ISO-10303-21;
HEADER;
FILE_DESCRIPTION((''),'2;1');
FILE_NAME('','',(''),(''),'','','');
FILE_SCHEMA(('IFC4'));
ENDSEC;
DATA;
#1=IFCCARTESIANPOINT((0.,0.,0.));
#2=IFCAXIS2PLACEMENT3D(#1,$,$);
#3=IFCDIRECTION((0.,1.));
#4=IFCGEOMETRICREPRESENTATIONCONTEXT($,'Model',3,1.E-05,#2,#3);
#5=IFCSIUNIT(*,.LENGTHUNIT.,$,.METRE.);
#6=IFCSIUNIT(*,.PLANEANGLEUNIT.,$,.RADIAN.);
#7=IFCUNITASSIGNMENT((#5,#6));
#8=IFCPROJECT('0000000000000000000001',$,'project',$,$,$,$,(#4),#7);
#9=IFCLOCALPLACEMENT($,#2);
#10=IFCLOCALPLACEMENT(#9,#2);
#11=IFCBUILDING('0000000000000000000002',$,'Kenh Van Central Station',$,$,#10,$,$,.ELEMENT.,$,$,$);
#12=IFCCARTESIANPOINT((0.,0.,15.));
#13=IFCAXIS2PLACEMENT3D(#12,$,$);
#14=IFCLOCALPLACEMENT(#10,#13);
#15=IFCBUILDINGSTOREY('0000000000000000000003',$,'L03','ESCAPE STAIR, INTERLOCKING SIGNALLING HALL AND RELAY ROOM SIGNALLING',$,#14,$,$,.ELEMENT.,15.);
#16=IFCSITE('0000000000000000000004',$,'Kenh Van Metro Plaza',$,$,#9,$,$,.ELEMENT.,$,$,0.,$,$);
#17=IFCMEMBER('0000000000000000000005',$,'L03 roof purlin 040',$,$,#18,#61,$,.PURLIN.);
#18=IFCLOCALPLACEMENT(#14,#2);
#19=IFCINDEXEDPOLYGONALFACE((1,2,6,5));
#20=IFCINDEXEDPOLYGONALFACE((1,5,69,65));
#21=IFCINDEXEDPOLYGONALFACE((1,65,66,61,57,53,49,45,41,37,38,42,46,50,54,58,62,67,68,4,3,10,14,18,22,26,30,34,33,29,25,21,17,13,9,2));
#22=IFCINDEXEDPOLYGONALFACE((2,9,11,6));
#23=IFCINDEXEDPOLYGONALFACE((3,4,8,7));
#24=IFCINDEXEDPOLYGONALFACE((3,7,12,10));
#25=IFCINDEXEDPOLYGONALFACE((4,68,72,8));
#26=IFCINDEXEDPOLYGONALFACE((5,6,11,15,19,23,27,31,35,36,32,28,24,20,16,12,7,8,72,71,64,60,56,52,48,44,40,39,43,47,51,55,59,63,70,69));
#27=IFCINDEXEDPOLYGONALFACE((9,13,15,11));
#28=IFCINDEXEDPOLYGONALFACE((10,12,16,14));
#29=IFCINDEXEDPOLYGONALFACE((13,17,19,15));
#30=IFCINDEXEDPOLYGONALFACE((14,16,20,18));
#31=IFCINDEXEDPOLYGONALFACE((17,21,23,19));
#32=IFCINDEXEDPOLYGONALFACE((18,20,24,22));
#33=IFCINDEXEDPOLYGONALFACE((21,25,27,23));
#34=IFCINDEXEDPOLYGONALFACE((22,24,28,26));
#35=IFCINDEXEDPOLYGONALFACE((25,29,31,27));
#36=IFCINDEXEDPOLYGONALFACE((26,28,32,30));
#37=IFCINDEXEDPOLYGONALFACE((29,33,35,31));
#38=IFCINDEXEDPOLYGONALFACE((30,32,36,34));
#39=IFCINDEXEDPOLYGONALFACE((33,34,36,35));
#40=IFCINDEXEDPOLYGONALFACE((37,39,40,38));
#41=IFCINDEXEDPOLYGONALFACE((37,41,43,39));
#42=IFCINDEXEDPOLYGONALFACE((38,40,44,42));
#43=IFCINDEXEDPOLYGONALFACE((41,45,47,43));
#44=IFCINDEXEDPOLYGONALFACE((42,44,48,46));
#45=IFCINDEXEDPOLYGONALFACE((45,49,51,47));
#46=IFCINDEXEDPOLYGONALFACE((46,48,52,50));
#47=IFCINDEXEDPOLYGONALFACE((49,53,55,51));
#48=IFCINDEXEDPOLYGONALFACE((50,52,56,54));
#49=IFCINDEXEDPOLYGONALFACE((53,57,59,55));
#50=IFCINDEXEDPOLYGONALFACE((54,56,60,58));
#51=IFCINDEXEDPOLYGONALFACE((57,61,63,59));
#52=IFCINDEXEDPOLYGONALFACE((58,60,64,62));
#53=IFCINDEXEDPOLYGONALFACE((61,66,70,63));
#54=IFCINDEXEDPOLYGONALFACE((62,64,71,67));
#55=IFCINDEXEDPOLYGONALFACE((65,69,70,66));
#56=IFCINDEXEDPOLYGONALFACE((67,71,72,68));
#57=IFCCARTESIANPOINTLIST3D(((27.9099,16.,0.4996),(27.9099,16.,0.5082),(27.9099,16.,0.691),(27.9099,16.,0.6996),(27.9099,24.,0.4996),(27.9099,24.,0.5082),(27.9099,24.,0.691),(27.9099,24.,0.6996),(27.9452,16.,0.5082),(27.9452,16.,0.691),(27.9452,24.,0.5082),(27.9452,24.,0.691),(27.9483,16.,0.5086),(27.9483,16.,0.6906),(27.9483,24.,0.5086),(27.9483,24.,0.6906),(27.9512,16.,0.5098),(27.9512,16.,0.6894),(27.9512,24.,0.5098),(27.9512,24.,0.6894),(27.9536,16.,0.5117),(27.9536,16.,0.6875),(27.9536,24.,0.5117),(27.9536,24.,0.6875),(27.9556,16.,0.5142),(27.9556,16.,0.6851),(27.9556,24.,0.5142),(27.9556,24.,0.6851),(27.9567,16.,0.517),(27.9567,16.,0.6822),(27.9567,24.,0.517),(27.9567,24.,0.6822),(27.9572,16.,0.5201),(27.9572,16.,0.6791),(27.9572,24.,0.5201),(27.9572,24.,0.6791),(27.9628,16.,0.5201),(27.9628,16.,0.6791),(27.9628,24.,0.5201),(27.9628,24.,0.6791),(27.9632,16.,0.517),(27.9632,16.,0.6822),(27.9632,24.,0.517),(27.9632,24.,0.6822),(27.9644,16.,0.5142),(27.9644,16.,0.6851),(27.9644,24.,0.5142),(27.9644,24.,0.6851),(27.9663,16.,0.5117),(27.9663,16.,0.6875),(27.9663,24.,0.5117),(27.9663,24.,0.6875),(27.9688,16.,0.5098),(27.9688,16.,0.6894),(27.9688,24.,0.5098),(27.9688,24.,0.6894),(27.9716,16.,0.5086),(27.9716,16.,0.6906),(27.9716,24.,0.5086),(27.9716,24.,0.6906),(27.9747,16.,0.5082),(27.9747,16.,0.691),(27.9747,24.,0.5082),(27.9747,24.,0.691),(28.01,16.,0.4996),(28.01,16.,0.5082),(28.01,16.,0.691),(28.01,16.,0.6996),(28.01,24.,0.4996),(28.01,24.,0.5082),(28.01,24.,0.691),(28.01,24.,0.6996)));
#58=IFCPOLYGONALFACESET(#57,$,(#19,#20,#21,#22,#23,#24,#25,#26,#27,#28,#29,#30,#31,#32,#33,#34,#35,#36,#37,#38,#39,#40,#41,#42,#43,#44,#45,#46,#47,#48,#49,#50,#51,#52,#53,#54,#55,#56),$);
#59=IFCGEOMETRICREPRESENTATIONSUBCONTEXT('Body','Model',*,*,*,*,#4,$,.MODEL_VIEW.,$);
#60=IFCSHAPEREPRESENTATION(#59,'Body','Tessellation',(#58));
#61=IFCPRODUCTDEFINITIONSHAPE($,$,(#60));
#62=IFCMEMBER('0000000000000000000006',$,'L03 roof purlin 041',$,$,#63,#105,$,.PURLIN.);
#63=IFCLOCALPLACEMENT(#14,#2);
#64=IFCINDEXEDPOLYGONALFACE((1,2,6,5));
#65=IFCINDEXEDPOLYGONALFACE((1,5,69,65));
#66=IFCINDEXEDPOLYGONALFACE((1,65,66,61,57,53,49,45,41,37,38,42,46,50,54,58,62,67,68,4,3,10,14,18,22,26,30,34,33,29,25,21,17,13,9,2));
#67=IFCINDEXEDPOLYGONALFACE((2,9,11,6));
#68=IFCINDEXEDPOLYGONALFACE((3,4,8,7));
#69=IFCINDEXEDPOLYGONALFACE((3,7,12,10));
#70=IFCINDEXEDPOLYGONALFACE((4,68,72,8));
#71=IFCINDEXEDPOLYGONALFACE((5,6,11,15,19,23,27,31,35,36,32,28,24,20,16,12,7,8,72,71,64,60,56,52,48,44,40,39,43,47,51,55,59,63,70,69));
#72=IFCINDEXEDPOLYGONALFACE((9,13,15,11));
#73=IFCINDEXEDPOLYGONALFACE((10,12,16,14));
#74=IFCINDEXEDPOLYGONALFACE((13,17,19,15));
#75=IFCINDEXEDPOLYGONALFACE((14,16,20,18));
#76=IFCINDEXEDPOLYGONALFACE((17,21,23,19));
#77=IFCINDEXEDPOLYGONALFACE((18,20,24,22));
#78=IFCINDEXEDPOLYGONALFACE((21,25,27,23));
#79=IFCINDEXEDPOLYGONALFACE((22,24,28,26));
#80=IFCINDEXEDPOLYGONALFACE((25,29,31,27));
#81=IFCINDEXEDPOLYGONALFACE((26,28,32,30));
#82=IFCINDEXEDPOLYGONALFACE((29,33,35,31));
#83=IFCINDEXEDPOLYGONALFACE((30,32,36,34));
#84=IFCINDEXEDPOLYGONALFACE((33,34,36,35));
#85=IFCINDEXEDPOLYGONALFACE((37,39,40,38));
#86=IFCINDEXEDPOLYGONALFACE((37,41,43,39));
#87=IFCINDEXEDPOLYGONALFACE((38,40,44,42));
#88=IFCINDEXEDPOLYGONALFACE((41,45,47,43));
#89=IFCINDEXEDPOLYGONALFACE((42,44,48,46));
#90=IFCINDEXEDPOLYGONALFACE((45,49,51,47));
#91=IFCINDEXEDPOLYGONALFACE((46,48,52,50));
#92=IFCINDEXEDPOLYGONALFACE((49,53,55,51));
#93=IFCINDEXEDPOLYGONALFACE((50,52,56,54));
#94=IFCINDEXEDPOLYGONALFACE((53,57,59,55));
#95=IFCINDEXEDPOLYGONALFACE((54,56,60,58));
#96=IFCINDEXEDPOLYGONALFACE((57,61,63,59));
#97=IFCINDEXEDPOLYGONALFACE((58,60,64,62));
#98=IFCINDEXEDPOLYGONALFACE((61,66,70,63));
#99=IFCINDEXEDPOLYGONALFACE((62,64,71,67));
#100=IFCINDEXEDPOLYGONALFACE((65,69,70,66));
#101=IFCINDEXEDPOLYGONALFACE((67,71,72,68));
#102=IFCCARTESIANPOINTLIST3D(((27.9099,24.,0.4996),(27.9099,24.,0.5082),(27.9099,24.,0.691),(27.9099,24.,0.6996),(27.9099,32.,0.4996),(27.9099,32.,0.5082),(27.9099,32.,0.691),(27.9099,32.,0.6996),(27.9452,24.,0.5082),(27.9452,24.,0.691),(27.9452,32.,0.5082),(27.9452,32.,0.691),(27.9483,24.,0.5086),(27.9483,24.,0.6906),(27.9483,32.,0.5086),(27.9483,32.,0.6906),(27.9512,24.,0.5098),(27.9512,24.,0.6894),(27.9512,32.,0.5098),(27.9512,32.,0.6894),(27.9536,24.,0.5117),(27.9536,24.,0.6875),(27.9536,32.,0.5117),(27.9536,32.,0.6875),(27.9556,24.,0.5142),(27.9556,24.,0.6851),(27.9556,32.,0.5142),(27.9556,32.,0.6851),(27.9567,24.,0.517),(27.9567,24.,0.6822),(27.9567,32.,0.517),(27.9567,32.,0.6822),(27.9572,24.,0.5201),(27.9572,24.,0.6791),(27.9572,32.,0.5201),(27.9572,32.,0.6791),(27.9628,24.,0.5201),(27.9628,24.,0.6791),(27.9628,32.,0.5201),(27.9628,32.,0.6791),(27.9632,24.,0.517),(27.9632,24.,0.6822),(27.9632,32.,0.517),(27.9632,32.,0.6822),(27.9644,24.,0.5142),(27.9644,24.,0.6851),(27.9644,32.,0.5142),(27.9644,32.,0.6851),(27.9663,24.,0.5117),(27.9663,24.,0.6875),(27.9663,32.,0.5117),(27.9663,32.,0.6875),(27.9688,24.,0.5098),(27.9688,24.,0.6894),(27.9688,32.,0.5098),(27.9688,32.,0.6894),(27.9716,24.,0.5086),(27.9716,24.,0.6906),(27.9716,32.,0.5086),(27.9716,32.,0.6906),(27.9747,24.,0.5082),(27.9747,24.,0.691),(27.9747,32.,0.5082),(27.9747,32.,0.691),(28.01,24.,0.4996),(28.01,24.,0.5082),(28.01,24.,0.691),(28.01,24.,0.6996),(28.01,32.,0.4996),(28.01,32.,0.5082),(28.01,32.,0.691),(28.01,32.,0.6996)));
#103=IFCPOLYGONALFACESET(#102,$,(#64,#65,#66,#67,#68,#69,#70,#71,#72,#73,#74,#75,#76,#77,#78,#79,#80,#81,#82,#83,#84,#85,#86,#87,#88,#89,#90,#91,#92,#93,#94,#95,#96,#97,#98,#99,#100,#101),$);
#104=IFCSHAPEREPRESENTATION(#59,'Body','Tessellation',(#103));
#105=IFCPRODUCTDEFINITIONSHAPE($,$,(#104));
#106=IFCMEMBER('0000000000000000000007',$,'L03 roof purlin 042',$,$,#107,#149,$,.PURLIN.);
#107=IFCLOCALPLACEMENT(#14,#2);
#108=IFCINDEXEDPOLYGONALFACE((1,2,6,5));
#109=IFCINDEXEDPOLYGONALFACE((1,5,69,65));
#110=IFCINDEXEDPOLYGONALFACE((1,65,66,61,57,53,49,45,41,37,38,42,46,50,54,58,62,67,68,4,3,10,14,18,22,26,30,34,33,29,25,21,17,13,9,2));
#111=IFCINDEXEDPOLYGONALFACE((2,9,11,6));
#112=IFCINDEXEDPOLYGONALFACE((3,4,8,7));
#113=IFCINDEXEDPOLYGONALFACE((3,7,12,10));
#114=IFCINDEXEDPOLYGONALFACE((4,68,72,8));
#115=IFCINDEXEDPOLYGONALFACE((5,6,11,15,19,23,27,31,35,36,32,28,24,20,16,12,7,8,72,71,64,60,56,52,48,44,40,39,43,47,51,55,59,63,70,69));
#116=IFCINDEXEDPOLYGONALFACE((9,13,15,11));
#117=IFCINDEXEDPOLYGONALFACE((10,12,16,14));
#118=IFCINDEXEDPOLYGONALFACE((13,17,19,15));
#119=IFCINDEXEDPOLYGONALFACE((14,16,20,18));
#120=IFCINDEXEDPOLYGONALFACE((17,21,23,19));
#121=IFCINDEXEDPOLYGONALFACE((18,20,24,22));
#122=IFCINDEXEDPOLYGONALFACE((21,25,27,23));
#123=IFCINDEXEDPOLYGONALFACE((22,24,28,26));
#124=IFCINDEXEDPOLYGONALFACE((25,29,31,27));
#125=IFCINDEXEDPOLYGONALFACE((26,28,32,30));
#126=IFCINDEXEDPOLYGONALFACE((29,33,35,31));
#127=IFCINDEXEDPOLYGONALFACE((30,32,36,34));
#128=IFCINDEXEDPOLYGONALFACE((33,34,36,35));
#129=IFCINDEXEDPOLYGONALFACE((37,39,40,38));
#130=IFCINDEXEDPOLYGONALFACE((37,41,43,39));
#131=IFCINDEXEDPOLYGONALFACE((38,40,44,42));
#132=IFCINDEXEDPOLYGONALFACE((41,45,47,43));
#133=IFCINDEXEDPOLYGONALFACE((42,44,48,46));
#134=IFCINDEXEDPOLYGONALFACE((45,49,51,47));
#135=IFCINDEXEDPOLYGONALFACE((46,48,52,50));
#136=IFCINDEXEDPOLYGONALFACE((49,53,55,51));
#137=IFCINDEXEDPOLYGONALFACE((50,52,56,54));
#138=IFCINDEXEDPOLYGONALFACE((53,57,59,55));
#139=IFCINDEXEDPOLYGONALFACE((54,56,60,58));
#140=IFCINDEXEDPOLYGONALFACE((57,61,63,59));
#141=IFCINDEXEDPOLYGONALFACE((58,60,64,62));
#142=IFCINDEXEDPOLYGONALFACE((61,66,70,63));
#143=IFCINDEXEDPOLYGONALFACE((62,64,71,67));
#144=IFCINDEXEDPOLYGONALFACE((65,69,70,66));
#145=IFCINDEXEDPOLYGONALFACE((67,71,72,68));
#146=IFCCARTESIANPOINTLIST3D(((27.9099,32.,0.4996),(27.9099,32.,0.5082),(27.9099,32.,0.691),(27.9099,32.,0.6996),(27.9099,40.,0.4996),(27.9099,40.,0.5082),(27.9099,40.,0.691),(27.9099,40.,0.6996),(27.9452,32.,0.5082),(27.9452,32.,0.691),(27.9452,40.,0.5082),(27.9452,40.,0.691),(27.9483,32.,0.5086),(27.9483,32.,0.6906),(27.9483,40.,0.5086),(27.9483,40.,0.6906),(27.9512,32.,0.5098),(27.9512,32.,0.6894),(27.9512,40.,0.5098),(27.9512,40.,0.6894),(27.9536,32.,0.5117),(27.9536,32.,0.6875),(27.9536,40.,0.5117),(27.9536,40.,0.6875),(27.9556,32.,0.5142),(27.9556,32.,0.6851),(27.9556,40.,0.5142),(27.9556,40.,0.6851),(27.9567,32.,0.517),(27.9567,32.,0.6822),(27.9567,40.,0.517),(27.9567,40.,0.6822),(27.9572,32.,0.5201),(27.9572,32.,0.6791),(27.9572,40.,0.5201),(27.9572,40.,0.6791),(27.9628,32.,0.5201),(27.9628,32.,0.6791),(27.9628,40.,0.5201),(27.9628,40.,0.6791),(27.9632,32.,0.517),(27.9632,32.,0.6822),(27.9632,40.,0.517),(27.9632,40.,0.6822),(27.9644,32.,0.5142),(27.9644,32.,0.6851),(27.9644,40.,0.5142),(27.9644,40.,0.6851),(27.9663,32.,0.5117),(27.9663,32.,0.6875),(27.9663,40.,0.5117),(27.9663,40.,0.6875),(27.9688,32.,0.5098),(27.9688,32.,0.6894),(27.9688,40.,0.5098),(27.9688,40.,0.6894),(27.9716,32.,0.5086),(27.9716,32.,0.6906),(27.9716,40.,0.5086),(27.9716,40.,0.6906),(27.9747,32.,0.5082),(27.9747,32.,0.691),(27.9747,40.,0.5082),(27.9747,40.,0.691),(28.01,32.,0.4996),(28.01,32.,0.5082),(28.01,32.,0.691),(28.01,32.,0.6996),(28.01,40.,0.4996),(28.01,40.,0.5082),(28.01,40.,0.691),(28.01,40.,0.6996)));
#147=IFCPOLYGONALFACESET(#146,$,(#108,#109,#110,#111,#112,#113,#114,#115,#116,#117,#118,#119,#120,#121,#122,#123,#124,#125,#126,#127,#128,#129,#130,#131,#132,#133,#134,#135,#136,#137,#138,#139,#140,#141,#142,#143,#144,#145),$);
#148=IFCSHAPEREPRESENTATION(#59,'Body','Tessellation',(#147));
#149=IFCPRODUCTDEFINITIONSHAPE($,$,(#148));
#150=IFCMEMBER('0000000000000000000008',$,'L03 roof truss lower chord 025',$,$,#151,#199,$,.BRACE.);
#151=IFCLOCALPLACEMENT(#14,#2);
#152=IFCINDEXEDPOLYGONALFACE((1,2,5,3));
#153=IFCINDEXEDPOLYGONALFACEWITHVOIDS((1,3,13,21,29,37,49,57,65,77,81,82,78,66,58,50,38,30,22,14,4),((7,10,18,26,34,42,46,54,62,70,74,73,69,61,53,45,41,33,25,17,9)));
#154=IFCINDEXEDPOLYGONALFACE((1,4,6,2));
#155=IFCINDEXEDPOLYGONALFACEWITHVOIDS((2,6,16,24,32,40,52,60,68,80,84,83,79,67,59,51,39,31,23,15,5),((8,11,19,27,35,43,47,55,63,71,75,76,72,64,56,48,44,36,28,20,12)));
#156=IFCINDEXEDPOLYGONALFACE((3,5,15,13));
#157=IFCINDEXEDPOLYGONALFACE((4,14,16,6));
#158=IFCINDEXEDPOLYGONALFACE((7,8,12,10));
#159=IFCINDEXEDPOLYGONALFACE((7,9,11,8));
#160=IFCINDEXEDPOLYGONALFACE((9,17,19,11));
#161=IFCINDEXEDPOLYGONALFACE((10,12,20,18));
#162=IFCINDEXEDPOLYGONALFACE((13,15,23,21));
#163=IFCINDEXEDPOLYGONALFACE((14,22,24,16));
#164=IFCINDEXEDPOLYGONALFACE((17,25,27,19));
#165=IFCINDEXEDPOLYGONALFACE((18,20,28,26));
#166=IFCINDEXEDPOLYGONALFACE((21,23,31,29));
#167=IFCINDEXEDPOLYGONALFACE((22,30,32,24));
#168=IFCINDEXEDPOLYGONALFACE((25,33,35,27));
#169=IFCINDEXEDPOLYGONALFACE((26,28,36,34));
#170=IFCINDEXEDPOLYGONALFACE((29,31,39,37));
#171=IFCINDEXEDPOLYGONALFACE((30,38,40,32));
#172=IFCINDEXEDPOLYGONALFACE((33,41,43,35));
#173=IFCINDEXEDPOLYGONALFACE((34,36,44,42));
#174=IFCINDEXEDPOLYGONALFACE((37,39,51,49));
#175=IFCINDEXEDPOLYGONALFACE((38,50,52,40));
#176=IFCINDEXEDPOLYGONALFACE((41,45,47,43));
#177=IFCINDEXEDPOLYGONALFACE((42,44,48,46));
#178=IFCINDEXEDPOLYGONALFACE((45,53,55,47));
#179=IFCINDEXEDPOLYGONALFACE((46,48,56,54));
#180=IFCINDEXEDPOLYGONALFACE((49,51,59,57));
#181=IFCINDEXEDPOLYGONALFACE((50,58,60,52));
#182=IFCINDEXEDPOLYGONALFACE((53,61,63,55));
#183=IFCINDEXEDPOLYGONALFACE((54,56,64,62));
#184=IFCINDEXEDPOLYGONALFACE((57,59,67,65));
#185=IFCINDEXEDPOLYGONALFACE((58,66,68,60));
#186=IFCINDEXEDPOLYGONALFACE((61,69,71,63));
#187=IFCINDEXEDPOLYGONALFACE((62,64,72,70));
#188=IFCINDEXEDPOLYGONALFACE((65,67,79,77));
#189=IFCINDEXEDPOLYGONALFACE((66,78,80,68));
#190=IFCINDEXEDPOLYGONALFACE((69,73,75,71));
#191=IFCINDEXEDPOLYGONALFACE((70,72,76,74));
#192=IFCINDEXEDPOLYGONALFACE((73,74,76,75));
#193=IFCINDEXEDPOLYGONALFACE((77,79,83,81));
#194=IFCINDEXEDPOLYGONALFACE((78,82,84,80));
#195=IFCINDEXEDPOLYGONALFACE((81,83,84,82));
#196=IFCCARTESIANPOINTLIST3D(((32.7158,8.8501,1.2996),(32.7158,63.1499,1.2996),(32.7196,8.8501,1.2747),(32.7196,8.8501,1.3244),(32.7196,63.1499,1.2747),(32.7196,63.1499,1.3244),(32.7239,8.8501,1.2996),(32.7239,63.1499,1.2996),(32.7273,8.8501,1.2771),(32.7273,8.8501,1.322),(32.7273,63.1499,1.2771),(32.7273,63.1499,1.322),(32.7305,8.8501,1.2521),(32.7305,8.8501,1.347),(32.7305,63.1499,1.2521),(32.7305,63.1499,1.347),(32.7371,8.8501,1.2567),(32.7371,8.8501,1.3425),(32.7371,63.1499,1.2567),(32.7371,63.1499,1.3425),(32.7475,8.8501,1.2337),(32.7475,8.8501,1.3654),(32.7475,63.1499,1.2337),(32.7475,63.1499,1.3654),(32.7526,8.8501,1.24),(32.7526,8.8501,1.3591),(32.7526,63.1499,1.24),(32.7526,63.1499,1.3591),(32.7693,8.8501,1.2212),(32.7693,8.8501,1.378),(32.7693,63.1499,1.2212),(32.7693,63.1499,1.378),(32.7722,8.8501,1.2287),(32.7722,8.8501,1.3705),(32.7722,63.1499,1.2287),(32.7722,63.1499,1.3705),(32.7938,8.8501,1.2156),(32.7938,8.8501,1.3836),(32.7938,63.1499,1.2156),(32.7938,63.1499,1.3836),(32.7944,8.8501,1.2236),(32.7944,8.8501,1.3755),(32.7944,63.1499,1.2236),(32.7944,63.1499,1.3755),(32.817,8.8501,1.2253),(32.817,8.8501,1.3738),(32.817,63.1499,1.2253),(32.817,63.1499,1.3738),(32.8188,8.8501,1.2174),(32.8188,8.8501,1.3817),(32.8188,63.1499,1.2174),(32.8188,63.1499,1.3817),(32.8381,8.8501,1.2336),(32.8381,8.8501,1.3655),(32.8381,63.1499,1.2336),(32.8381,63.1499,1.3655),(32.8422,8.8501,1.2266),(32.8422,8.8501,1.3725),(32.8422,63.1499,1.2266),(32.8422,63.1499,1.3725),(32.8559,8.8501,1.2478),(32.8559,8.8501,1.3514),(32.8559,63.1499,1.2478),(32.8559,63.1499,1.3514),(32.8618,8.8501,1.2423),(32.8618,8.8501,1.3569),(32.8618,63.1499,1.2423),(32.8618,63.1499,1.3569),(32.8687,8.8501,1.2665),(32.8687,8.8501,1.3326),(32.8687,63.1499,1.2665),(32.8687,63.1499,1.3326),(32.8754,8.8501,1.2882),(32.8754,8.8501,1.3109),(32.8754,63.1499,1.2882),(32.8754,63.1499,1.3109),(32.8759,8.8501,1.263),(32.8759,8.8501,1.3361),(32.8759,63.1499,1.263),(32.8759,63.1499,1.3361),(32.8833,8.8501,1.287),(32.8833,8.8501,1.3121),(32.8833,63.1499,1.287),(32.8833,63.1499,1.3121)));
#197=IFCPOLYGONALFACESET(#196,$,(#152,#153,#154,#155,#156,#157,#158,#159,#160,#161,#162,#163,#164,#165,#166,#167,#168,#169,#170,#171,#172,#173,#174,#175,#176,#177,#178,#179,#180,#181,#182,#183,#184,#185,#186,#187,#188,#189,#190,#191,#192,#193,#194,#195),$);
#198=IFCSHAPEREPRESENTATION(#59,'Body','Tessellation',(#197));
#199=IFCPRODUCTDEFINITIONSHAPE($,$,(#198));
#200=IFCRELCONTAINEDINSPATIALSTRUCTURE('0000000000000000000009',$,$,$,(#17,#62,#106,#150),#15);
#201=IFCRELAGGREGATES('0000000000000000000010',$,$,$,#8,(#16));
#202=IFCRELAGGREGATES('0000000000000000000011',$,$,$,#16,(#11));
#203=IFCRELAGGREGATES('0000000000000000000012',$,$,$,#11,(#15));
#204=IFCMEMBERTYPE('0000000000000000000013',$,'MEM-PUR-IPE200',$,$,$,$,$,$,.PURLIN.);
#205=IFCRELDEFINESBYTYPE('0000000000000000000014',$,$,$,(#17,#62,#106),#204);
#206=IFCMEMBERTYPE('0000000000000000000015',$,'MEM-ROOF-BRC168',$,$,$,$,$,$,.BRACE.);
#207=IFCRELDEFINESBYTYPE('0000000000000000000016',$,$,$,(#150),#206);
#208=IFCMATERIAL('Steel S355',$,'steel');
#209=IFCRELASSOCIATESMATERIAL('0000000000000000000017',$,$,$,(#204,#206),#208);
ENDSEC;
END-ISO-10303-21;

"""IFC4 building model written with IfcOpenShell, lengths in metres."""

from ifc_helpers import new_model, si_unit, direction, frame, origin, origin_2d, place, context, subcontext, project, spatial, hollow_circle, i_section, extrude, material, material_profile, profile_set, type_object, element, save


model = new_model("IFC4")

# Units and contexts
model_context = context("Model", 3, precision=1e-05, world=origin(), true_north=direction((0.0, 1.0)))
body_context = subcontext(model_context, "Body", "Model", "MODEL_VIEW")
ifc_project = project(units=[si_unit("LENGTHUNIT", "METRE"), si_unit("PLANEANGLEUNIT", "RADIAN")], contexts=[model_context])

# Site, building, storey
site_placement = place(None, origin())
site = spatial("IfcSite", under=ifc_project, at=site_placement, Name="Kenh Van Metro Plaza", CompositionType="ELEMENT", RefElevation=0.0)
building_placement = place(site_placement, origin())
building = spatial("IfcBuilding", under=site, at=building_placement, Name="Kenh Van Central Station", CompositionType="ELEMENT")
storey_placement = place(building_placement, frame((0.0, 0.0, 15.0)))
storey = spatial("IfcBuildingStorey", under=building, at=storey_placement, Name="L03", Description="ESCAPE STAIR, INTERLOCKING SIGNALLING HALL AND RELAY ROOM SIGNALLING", CompositionType="ELEMENT", Elevation=15.0)

# Shared definitions
ifc_material_1 = material(Name="Steel S355", Category="steel")

# Members
ifc_material_profile_1 = material_profile(ifc_material_1, i_section(OverallWidth=0.1001, OverallDepth=0.2, WebThickness=0.0056, FlangeThickness=0.0085, FilletRadius=0.012, at=origin_2d()), Name="IPE 200")
ifc_profile_set_1 = profile_set([ifc_material_profile_1], Name="Steel S355")
member_type_1 = type_object("IfcMemberType", Name="MEM-PUR-IPE200", PredefinedType="PURLIN", material=ifc_profile_set_1)
for number, where, z_axis, x_axis, name in (
    (1, (27.96, 16.0, 0.5996), (0.0, 1.0, 0.0), (-1.0, 0.0, 0.0), "L03 roof purlin 040"),
    (2, (27.96, 24.0, 0.5996), (0.0, 1.0, 0.0), (-1.0, 0.0, 0.0), "L03 roof purlin 041"),
    (3, (27.96, 32.0, 0.5996), (0.0, 1.0, 0.0), (-1.0, 0.0, 0.0), "L03 roof purlin 042"),
):
    element("IfcMember", number, at=place(storey_placement, frame(where, z_axis=z_axis, x_axis=x_axis)), inside=storey, type_object=member_type_1, Name=name, PredefinedType="PURLIN", context=body_context, shape_type="SweptSolid", body=[
        extrude(i_section(OverallWidth=0.1001, OverallDepth=0.2, WebThickness=0.0056, FlangeThickness=0.0085, FilletRadius=0.012, at=origin_2d()), origin(), (0.0, 0.0, 1.0), 8.0),
    ])
ifc_material_profile_2 = material_profile(ifc_material_1, hollow_circle(Radius=0.0842, WallThickness=0.0081, at=origin_2d()), Name="CHS 168.3x8")
ifc_profile_set_2 = profile_set([ifc_material_profile_2], Name="Steel S355")
member_type_2 = type_object("IfcMemberType", Name="MEM-ROOF-BRC168", PredefinedType="BRACE", material=ifc_profile_set_2)
member_placement = place(storey_placement, frame((32.8, 8.8501, 1.2996), z_axis=(0.0, 1.0, 0.0), x_axis=(-1.0, 0.0, 0.0)))
element("IfcMember", 4, at=member_placement, inside=storey, type_object=member_type_2, Name="L03 roof truss lower chord 025", PredefinedType="BRACE", context=body_context, shape_type="SweptSolid", body=[
    extrude(hollow_circle(Radius=0.0842, WallThickness=0.0081, at=origin_2d()), origin(), (0.0, 0.0, 1.0), 54.2998),
])

save(model, "model.ifc")
